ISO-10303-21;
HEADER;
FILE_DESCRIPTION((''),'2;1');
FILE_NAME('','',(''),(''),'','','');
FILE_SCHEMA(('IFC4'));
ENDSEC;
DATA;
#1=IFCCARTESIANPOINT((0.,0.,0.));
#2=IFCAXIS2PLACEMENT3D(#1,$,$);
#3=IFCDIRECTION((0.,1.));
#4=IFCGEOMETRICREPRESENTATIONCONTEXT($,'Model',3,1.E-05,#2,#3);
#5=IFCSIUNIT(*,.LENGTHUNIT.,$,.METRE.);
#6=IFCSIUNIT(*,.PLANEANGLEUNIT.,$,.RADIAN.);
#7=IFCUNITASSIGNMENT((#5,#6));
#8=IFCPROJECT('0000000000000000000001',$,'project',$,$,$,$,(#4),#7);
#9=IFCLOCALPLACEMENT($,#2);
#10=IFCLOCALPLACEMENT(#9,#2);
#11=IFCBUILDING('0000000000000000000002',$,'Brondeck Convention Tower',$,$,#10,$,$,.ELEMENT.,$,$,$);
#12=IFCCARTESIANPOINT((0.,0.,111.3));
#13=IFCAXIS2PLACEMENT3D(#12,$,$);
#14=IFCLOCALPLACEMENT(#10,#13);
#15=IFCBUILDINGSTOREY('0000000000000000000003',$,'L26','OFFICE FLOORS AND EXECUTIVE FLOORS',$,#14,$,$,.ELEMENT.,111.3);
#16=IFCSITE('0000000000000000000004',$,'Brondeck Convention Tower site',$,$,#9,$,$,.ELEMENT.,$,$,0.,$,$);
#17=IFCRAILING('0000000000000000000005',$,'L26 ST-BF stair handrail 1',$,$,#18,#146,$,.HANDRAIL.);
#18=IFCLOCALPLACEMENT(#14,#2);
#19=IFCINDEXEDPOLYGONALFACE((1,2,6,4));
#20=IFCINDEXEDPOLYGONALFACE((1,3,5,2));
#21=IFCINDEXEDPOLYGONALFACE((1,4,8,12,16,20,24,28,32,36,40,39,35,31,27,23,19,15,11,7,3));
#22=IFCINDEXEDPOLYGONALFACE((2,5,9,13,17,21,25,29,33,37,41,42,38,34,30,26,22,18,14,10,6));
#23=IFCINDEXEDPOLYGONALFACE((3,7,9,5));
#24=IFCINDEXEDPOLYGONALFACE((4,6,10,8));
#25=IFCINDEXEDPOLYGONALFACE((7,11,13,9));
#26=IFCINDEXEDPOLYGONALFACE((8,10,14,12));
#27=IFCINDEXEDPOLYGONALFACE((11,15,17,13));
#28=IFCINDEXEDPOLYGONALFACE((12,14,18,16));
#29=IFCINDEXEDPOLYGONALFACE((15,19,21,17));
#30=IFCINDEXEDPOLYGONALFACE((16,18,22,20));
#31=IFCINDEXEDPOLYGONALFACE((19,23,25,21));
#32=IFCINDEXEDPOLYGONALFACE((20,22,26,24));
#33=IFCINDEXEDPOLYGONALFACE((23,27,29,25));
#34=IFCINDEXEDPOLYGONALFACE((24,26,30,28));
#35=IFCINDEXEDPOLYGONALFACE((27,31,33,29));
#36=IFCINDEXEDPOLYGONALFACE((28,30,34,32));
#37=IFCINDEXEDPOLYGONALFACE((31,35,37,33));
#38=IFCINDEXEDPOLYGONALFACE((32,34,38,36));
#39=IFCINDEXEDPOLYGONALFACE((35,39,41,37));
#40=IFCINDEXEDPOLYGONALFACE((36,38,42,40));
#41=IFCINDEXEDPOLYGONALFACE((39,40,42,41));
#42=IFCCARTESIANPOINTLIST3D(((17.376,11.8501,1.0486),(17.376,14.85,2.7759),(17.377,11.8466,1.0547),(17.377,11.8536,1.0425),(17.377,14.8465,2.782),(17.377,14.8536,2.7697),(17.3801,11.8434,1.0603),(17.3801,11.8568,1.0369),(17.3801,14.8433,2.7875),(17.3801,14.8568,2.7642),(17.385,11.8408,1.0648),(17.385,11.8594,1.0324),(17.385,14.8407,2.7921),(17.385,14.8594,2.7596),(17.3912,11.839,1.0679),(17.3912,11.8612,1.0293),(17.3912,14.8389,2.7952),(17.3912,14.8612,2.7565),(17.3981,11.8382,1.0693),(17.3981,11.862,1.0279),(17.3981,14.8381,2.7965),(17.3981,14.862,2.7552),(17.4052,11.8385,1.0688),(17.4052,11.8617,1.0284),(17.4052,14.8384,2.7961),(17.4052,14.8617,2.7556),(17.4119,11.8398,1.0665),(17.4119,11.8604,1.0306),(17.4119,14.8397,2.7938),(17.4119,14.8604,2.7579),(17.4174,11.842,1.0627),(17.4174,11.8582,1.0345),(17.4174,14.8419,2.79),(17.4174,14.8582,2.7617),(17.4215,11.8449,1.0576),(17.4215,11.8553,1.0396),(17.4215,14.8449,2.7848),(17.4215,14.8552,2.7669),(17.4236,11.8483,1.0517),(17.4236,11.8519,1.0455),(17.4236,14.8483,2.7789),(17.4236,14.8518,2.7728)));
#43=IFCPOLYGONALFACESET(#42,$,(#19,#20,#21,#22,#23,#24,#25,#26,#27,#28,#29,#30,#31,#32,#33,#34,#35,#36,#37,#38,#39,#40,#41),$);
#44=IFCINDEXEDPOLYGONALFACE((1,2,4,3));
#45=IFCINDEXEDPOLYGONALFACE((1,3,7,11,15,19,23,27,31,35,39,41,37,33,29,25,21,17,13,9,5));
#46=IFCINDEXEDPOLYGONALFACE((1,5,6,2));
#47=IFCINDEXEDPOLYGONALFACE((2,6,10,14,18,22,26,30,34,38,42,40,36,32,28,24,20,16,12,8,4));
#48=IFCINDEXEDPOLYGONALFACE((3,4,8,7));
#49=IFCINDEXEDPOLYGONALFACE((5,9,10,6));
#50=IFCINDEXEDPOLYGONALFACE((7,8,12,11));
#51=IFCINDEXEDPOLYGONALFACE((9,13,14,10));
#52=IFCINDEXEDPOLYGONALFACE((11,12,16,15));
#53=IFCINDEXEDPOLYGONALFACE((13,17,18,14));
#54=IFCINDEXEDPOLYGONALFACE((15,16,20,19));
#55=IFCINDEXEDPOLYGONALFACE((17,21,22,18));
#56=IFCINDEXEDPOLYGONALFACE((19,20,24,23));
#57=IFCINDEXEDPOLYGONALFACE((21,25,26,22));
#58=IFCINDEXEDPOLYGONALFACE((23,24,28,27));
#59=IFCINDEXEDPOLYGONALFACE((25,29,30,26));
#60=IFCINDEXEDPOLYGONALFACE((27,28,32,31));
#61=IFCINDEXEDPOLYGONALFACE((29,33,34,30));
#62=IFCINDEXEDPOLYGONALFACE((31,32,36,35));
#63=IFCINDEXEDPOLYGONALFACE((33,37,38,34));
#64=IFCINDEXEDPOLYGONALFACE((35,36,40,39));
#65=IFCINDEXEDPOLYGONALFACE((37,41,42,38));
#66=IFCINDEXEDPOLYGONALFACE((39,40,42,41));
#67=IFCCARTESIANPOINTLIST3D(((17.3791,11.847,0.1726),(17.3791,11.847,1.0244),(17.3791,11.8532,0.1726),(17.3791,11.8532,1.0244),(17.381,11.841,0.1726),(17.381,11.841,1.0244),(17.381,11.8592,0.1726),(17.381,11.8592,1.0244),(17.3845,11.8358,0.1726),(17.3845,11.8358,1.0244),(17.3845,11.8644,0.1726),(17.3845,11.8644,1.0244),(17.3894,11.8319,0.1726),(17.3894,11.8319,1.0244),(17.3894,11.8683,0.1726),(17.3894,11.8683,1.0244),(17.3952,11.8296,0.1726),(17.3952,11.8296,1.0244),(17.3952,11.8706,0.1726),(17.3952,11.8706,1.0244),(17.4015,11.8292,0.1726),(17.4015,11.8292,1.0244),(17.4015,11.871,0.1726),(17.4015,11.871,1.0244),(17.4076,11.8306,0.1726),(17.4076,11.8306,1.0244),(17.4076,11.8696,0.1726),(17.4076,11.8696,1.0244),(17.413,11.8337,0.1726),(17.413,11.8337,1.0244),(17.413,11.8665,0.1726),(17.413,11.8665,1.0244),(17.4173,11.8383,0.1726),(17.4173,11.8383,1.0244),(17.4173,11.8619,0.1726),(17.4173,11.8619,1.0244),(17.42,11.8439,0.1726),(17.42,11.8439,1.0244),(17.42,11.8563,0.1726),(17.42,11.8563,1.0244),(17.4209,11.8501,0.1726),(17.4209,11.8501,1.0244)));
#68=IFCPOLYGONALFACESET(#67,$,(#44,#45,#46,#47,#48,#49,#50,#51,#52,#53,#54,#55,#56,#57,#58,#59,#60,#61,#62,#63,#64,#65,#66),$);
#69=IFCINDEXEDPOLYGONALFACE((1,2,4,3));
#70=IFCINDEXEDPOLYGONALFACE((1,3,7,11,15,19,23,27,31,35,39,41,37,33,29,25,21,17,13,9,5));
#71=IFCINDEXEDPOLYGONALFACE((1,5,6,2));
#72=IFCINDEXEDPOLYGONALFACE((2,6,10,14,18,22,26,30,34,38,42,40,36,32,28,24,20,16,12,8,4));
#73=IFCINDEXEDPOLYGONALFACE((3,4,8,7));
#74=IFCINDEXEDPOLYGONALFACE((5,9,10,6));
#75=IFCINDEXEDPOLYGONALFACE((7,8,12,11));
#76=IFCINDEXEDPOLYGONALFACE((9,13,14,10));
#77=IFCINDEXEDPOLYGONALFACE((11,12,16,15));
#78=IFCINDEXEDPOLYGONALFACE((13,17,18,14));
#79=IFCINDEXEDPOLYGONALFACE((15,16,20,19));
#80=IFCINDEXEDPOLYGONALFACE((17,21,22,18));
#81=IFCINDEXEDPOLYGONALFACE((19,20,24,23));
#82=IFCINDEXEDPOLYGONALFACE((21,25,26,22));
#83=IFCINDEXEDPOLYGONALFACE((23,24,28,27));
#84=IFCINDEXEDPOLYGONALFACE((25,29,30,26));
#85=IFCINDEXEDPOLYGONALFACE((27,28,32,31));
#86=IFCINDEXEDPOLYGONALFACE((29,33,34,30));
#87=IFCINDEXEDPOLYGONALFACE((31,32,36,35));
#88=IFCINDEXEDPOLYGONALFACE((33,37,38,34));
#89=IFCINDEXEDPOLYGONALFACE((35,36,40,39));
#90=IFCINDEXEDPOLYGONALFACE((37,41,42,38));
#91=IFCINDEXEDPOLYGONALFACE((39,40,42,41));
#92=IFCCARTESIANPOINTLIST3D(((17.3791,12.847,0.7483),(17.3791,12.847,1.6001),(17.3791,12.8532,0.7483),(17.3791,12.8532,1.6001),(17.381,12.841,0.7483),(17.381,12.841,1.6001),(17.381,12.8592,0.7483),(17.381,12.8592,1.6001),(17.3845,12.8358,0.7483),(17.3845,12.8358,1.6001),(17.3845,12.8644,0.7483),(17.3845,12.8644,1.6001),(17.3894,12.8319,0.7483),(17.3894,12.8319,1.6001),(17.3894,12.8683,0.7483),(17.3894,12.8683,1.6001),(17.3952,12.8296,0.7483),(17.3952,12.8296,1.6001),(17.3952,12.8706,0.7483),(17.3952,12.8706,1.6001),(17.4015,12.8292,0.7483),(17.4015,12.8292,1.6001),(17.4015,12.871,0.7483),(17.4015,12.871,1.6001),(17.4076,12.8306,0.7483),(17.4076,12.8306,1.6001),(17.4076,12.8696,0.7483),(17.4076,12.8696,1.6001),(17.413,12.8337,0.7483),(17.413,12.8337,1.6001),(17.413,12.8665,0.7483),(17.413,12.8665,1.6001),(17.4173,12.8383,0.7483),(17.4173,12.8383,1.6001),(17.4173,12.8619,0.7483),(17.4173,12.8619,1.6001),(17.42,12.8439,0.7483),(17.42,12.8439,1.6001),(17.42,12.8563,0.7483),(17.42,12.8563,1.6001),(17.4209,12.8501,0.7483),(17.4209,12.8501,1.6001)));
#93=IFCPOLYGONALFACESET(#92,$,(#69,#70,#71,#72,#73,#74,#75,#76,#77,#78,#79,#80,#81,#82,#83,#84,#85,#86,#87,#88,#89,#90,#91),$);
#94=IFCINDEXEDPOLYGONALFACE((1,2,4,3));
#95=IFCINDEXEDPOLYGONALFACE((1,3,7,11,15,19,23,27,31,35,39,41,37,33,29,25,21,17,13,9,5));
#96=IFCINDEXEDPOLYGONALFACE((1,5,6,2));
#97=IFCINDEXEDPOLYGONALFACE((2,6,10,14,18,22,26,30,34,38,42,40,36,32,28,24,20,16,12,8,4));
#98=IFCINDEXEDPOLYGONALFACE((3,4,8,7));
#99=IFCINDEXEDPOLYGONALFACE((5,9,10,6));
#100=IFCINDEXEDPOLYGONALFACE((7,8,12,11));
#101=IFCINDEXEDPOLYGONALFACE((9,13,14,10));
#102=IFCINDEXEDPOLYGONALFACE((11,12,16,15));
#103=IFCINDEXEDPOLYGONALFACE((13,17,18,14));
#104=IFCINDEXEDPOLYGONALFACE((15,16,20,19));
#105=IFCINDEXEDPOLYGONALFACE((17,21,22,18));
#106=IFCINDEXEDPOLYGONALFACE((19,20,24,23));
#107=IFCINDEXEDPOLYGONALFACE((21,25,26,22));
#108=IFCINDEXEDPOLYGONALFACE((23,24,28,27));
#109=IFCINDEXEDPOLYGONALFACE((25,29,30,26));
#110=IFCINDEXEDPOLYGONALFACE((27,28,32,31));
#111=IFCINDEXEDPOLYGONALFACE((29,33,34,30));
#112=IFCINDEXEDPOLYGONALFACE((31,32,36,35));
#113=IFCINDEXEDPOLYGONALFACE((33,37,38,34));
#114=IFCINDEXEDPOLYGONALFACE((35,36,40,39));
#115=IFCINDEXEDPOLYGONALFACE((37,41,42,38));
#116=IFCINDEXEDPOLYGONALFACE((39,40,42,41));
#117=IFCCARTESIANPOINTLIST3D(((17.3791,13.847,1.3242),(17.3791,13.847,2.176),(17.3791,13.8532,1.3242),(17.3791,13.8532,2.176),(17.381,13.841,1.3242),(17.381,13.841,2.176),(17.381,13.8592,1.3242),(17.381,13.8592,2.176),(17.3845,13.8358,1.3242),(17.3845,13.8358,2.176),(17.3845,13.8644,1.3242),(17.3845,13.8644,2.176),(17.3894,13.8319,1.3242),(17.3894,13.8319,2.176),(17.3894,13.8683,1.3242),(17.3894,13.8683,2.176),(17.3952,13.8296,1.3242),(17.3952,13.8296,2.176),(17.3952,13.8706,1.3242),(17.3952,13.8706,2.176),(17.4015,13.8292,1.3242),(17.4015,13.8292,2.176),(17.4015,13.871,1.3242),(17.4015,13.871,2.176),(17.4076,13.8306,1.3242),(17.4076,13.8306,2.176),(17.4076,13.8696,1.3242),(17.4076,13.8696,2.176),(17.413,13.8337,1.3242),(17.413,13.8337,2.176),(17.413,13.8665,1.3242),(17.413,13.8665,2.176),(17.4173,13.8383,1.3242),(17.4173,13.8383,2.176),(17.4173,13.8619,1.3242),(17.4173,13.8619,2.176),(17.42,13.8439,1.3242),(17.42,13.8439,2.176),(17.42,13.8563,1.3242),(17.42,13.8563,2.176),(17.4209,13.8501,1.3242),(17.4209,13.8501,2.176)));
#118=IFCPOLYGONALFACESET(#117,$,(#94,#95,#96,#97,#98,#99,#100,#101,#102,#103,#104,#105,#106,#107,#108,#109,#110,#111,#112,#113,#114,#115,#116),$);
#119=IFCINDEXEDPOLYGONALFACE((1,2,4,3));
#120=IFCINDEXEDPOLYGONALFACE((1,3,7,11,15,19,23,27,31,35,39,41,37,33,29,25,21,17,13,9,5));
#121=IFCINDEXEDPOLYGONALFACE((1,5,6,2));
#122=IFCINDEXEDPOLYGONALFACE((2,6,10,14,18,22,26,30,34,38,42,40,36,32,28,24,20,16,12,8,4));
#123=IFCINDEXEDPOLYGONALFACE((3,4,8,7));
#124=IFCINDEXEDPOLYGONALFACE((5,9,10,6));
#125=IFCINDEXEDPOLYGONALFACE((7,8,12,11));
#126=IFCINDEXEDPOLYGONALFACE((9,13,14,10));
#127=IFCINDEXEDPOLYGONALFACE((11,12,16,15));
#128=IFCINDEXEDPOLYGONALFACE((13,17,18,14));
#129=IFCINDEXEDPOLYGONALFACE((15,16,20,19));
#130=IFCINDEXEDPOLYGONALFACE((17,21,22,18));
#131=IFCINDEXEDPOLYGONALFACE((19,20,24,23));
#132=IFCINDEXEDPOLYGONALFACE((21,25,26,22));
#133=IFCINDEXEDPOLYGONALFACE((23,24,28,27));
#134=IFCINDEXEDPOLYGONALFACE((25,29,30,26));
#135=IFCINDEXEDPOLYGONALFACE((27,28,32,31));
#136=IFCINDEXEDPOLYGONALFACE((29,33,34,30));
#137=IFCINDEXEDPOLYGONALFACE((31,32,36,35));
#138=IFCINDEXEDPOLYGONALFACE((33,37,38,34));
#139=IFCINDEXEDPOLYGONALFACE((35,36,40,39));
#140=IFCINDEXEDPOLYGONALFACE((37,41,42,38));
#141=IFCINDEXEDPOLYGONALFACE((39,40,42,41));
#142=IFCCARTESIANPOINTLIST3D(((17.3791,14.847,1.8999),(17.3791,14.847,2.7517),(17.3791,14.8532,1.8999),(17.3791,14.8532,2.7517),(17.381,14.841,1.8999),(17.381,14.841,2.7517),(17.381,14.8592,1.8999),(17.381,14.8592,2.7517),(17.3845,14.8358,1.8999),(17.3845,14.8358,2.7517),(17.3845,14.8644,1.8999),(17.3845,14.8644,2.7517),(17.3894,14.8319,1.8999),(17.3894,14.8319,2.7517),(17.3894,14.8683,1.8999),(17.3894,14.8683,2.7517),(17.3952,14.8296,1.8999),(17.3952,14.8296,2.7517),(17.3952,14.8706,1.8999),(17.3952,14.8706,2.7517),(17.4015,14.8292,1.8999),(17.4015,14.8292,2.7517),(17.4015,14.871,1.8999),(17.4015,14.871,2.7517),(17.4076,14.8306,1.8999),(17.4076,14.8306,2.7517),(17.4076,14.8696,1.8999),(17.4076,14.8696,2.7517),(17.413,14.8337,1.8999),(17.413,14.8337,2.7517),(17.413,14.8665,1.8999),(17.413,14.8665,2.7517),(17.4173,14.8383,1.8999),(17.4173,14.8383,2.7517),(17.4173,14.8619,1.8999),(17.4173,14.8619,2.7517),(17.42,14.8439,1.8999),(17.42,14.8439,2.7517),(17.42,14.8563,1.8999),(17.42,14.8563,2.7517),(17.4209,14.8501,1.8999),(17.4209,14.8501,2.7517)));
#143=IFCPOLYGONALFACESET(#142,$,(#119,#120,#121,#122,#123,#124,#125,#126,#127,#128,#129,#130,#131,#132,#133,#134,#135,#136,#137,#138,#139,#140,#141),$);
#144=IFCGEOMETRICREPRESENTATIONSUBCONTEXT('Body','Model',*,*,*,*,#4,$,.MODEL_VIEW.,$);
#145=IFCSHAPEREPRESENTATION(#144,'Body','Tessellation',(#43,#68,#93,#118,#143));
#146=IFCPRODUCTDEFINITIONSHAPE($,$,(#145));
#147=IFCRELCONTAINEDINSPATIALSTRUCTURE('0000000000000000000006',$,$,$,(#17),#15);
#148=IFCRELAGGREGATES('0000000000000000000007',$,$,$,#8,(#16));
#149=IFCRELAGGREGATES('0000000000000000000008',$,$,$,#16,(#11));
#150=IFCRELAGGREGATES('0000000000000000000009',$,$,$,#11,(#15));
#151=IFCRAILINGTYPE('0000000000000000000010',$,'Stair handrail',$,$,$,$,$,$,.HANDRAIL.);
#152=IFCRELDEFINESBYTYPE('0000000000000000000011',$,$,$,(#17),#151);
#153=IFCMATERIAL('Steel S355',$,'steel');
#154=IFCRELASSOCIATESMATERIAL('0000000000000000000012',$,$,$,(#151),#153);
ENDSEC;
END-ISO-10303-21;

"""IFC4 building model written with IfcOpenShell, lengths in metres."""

from ifc_helpers import new_model, si_unit, direction, frame, origin, origin_2d, place, context, subcontext, project, spatial, circle, extrude, material, type_object, element, save


model = new_model("IFC4")

# Units and contexts
model_context = context("Model", 3, precision=1e-05, world=origin(), true_north=direction((0.0, 1.0)))
body_context = subcontext(model_context, "Body", "Model", "MODEL_VIEW")
ifc_project = project(units=[si_unit("LENGTHUNIT", "METRE"), si_unit("PLANEANGLEUNIT", "RADIAN")], contexts=[model_context])

# Site, building, storey
site_placement = place(None, origin())
site = spatial("IfcSite", under=ifc_project, at=site_placement, Name="Brondeck Convention Tower site", CompositionType="ELEMENT", RefElevation=0.0)
building_placement = place(site_placement, origin())
building = spatial("IfcBuilding", under=site, at=building_placement, Name="Brondeck Convention Tower", CompositionType="ELEMENT")
storey_placement = place(building_placement, frame((0.0, 0.0, 111.3)))
storey = spatial("IfcBuildingStorey", under=building, at=storey_placement, Name="L26", Description="OFFICE FLOORS AND EXECUTIVE FLOORS", CompositionType="ELEMENT", Elevation=111.3)

# Shared definitions
ifc_material_1 = material(Name="Steel S355", Category="steel")

# Railing
railing_type_1 = type_object("IfcRailingType", Name="Stair handrail", PredefinedType="HANDRAIL", material=ifc_material_1)
railing_1_placement = place(storey_placement, frame((17.3999, 11.8501, 0.1726)))
element("IfcRailing", 1, at=railing_1_placement, inside=storey, type_object=railing_type_1, Name="L26 ST-BF stair handrail 1", PredefinedType="HANDRAIL", context=body_context, shape_type="SweptSolid", body=[
    extrude(circle(Radius=0.0239, at=origin_2d()), frame((0.0, 0.0, 0.876), z_axis=(0.0, 0.86662, 0.498969), x_axis=(-1.0, 0.0, 0.0)), (0.0, 0.0, 1.0), 3.4617),
    extrude(circle(Radius=0.021, at=origin_2d()), origin(), (0.0, 0.0, 1.0), 0.8518),
    extrude(circle(Radius=0.021, at=origin_2d()), frame((0.0, 1.0, 0.5757)), (0.0, 0.0, 1.0), 0.8518),
    extrude(circle(Radius=0.021, at=origin_2d()), frame((0.0, 2.0, 1.1516)), (0.0, 0.0, 1.0), 0.8518),
    extrude(circle(Radius=0.021, at=origin_2d()), frame((0.0, 3.0, 1.7273)), (0.0, 0.0, 1.0), 0.8518),
])

save(model, "model.ifc")
